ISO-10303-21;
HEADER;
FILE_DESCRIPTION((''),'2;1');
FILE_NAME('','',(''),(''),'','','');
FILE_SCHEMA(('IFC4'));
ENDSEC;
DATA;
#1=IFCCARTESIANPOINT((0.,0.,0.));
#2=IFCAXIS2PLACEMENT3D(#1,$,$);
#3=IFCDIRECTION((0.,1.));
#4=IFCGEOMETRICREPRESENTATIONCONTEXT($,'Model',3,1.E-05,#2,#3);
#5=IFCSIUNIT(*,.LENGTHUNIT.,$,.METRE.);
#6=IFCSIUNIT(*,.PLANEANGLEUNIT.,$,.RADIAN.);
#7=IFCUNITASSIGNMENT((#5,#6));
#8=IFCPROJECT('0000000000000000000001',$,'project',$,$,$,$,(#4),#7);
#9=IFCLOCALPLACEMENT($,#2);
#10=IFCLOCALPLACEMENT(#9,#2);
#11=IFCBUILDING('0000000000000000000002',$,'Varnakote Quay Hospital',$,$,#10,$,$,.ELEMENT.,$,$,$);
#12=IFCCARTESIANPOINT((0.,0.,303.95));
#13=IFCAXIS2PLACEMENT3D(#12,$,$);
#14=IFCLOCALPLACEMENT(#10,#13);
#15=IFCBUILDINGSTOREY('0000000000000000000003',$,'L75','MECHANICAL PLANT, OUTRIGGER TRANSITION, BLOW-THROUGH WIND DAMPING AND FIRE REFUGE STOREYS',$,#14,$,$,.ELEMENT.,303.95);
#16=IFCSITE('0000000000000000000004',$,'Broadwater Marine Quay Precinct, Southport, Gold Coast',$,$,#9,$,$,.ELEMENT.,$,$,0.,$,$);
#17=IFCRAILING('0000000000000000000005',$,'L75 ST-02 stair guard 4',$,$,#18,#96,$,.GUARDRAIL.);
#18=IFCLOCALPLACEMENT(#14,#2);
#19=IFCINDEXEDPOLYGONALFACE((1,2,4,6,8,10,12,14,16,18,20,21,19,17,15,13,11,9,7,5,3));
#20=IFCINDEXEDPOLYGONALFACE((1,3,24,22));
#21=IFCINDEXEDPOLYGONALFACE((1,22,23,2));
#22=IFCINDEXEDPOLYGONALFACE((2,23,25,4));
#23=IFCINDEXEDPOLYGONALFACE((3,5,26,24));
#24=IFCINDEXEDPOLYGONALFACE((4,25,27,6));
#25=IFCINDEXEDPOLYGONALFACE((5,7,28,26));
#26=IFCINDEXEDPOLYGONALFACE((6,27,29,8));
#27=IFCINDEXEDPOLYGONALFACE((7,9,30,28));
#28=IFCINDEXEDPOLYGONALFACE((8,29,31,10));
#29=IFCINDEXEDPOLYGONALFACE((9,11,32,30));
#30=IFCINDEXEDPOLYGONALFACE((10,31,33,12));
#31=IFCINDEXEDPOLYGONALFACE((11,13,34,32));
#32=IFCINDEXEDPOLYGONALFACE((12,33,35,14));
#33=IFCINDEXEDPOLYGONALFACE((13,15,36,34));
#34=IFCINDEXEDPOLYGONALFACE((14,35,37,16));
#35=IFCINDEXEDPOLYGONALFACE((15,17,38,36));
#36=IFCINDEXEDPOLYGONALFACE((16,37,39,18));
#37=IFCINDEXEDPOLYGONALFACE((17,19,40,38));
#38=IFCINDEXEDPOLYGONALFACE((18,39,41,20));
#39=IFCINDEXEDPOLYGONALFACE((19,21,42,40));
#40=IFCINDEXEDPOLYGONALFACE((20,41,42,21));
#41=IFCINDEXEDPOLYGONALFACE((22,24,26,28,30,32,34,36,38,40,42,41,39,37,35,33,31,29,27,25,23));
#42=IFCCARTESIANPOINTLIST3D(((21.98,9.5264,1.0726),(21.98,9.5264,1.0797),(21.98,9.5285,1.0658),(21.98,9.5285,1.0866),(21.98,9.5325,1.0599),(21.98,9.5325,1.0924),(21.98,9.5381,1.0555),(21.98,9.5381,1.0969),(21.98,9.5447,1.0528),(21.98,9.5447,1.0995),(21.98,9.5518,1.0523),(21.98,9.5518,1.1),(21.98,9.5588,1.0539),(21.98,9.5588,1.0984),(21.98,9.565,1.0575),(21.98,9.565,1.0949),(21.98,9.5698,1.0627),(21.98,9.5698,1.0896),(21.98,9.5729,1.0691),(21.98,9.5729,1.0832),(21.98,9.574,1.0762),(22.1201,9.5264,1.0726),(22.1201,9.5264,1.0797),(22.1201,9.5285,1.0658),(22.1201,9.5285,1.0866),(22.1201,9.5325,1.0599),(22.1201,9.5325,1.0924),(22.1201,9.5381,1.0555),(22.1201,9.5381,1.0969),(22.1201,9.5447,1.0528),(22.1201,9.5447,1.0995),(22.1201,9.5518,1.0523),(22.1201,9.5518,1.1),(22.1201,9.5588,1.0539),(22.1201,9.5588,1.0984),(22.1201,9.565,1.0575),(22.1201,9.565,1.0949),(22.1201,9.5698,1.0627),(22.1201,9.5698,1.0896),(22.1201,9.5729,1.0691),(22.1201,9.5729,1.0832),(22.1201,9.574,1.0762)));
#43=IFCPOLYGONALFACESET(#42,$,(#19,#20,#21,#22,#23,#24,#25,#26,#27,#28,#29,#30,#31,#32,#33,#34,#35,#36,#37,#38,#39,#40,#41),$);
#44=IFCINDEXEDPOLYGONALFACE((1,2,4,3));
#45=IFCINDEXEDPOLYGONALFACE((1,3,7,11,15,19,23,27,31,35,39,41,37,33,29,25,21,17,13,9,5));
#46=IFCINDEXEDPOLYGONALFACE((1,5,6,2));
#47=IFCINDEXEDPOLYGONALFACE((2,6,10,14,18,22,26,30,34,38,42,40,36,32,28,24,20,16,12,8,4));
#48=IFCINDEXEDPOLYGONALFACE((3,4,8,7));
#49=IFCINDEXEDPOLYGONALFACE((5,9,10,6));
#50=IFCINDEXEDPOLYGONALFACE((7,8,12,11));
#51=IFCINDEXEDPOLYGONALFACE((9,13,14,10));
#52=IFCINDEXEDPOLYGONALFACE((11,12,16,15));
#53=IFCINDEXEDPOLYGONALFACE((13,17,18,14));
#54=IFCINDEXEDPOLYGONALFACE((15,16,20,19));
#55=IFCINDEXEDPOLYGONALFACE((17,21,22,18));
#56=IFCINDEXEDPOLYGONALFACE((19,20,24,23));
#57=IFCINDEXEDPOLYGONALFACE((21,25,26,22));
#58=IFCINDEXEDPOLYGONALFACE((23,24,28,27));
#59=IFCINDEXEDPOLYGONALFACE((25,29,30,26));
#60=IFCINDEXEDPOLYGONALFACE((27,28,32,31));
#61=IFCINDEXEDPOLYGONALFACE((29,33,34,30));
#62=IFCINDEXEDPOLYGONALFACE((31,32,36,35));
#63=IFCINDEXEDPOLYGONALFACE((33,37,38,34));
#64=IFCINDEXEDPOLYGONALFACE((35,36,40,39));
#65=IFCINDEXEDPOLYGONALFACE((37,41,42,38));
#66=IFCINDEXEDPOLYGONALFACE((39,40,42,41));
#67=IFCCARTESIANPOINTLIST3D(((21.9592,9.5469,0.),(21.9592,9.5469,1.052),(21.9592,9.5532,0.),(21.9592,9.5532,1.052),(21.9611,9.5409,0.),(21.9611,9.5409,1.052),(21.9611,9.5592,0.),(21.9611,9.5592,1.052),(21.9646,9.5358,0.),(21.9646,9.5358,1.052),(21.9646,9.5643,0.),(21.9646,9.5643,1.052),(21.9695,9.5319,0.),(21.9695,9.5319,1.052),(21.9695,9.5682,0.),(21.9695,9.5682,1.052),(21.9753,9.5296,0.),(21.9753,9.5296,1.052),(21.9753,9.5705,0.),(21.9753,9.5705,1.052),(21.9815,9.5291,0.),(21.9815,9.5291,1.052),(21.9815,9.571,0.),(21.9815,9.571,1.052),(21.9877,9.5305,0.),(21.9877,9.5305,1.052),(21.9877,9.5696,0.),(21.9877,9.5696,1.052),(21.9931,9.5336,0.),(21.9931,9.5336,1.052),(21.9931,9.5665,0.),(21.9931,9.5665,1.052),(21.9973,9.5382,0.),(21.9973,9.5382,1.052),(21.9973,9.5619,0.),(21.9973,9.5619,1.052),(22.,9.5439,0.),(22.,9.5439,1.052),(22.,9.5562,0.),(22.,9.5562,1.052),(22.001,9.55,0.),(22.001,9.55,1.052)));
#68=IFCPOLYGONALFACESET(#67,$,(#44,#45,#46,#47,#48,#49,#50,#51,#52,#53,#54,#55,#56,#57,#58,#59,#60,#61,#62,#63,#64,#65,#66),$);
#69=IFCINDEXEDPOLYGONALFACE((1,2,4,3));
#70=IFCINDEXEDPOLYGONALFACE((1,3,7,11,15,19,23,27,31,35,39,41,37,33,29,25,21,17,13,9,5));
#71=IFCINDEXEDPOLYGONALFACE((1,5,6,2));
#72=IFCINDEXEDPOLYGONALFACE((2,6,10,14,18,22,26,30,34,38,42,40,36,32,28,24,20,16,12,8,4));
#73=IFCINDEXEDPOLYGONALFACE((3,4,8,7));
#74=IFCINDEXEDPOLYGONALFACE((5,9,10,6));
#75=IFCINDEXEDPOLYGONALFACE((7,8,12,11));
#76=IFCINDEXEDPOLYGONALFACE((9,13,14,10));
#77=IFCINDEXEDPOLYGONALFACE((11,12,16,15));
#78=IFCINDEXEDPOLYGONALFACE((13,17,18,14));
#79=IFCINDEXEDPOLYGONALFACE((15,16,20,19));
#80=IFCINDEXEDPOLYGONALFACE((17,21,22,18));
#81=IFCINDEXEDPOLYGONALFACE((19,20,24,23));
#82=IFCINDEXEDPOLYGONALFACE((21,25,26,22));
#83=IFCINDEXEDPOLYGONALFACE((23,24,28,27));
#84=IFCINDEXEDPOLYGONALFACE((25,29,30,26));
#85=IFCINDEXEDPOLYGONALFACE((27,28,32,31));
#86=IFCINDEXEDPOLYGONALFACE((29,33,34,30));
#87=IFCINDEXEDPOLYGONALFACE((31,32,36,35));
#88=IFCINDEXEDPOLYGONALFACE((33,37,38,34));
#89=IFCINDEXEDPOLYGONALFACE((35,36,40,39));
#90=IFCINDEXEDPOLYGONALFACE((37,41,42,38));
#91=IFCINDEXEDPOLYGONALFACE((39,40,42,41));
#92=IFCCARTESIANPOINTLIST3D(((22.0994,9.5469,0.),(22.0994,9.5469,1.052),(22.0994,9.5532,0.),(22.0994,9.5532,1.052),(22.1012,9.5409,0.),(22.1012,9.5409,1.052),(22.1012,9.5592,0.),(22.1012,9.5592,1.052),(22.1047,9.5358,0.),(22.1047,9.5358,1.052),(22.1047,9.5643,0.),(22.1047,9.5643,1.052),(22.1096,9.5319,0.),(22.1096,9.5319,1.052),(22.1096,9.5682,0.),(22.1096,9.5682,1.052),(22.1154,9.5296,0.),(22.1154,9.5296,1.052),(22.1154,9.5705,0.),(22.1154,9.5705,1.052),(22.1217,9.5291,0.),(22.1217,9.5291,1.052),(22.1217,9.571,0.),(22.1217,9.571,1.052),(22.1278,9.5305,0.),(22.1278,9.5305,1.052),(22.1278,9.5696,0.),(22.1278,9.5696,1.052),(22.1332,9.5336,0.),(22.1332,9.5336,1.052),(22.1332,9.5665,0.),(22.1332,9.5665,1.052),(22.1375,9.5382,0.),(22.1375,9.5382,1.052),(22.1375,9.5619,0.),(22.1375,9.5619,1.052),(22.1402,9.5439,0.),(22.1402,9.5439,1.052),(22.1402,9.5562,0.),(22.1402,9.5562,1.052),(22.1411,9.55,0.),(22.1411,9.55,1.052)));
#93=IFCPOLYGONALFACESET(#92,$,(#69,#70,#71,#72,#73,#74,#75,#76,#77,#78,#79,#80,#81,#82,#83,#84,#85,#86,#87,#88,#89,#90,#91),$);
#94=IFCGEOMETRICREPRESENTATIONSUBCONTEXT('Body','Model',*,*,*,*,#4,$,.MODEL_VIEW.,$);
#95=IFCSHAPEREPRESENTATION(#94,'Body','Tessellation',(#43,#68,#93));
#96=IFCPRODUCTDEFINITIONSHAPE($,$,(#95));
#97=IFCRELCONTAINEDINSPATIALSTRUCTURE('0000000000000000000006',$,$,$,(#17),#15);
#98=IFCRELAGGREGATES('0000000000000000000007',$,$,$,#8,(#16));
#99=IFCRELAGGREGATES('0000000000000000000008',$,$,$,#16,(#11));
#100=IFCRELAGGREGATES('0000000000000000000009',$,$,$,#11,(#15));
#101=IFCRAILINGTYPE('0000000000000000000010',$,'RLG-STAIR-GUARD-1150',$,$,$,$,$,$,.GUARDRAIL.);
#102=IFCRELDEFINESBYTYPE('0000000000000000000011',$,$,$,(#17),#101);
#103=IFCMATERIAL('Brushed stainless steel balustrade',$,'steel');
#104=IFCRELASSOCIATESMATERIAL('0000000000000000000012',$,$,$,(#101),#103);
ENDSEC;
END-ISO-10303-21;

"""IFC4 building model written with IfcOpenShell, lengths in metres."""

from ifc_helpers import new_model, si_unit, direction, frame, origin, origin_2d, place, context, subcontext, project, spatial, circle, extrude, material, type_object, element, save


model = new_model("IFC4")

# Units and contexts
model_context = context("Model", 3, precision=1e-05, world=origin(), true_north=direction((0.0, 1.0)))
body_context = subcontext(model_context, "Body", "Model", "MODEL_VIEW")
ifc_project = project(units=[si_unit("LENGTHUNIT", "METRE"), si_unit("PLANEANGLEUNIT", "RADIAN")], contexts=[model_context])

# Site, building, storey
site_placement = place(None, origin())
site = spatial("IfcSite", under=ifc_project, at=site_placement, Name="Broadwater Marine Quay Precinct, Southport, Gold Coast", CompositionType="ELEMENT", RefElevation=0.0)
building_placement = place(site_placement, origin())
building = spatial("IfcBuilding", under=site, at=building_placement, Name="Varnakote Quay Hospital", CompositionType="ELEMENT")
storey_placement = place(building_placement, frame((0.0, 0.0, 303.95)))
storey = spatial("IfcBuildingStorey", under=building, at=storey_placement, Name="L75", Description="MECHANICAL PLANT, OUTRIGGER TRANSITION, BLOW-THROUGH WIND DAMPING AND FIRE REFUGE STOREYS", CompositionType="ELEMENT", Elevation=303.95)

# Railing
ifc_material_1 = material(Name="Brushed stainless steel balustrade", Category="steel")
railing_type_1 = type_object("IfcRailingType", Name="RLG-STAIR-GUARD-1150", PredefinedType="GUARDRAIL", material=ifc_material_1)
railing_1_placement = place(storey_placement, frame((21.98, 9.55, 0.0)))
element("IfcRailing", 1, at=railing_1_placement, inside=storey, type_object=railing_type_1, Name="L75 ST-02 stair guard 4", PredefinedType="GUARDRAIL", context=body_context, shape_type="SweptSolid", body=[
    extrude(circle(Radius=0.0239, at=origin_2d()), frame((0.0, 0.0, 1.0762), z_axis=(1.0, 0.0, 0.0), x_axis=(0.0, 1.0, 0.0)), (0.0, 0.0, 1.0), 0.1401),
    extrude(circle(Radius=0.021, at=origin_2d()), origin(), (0.0, 0.0, 1.0), 1.052),
    extrude(circle(Radius=0.021, at=origin_2d()), frame((0.1401, 0.0, 0.0)), (0.0, 0.0, 1.0), 1.052),
])

save(model, "model.ifc")
